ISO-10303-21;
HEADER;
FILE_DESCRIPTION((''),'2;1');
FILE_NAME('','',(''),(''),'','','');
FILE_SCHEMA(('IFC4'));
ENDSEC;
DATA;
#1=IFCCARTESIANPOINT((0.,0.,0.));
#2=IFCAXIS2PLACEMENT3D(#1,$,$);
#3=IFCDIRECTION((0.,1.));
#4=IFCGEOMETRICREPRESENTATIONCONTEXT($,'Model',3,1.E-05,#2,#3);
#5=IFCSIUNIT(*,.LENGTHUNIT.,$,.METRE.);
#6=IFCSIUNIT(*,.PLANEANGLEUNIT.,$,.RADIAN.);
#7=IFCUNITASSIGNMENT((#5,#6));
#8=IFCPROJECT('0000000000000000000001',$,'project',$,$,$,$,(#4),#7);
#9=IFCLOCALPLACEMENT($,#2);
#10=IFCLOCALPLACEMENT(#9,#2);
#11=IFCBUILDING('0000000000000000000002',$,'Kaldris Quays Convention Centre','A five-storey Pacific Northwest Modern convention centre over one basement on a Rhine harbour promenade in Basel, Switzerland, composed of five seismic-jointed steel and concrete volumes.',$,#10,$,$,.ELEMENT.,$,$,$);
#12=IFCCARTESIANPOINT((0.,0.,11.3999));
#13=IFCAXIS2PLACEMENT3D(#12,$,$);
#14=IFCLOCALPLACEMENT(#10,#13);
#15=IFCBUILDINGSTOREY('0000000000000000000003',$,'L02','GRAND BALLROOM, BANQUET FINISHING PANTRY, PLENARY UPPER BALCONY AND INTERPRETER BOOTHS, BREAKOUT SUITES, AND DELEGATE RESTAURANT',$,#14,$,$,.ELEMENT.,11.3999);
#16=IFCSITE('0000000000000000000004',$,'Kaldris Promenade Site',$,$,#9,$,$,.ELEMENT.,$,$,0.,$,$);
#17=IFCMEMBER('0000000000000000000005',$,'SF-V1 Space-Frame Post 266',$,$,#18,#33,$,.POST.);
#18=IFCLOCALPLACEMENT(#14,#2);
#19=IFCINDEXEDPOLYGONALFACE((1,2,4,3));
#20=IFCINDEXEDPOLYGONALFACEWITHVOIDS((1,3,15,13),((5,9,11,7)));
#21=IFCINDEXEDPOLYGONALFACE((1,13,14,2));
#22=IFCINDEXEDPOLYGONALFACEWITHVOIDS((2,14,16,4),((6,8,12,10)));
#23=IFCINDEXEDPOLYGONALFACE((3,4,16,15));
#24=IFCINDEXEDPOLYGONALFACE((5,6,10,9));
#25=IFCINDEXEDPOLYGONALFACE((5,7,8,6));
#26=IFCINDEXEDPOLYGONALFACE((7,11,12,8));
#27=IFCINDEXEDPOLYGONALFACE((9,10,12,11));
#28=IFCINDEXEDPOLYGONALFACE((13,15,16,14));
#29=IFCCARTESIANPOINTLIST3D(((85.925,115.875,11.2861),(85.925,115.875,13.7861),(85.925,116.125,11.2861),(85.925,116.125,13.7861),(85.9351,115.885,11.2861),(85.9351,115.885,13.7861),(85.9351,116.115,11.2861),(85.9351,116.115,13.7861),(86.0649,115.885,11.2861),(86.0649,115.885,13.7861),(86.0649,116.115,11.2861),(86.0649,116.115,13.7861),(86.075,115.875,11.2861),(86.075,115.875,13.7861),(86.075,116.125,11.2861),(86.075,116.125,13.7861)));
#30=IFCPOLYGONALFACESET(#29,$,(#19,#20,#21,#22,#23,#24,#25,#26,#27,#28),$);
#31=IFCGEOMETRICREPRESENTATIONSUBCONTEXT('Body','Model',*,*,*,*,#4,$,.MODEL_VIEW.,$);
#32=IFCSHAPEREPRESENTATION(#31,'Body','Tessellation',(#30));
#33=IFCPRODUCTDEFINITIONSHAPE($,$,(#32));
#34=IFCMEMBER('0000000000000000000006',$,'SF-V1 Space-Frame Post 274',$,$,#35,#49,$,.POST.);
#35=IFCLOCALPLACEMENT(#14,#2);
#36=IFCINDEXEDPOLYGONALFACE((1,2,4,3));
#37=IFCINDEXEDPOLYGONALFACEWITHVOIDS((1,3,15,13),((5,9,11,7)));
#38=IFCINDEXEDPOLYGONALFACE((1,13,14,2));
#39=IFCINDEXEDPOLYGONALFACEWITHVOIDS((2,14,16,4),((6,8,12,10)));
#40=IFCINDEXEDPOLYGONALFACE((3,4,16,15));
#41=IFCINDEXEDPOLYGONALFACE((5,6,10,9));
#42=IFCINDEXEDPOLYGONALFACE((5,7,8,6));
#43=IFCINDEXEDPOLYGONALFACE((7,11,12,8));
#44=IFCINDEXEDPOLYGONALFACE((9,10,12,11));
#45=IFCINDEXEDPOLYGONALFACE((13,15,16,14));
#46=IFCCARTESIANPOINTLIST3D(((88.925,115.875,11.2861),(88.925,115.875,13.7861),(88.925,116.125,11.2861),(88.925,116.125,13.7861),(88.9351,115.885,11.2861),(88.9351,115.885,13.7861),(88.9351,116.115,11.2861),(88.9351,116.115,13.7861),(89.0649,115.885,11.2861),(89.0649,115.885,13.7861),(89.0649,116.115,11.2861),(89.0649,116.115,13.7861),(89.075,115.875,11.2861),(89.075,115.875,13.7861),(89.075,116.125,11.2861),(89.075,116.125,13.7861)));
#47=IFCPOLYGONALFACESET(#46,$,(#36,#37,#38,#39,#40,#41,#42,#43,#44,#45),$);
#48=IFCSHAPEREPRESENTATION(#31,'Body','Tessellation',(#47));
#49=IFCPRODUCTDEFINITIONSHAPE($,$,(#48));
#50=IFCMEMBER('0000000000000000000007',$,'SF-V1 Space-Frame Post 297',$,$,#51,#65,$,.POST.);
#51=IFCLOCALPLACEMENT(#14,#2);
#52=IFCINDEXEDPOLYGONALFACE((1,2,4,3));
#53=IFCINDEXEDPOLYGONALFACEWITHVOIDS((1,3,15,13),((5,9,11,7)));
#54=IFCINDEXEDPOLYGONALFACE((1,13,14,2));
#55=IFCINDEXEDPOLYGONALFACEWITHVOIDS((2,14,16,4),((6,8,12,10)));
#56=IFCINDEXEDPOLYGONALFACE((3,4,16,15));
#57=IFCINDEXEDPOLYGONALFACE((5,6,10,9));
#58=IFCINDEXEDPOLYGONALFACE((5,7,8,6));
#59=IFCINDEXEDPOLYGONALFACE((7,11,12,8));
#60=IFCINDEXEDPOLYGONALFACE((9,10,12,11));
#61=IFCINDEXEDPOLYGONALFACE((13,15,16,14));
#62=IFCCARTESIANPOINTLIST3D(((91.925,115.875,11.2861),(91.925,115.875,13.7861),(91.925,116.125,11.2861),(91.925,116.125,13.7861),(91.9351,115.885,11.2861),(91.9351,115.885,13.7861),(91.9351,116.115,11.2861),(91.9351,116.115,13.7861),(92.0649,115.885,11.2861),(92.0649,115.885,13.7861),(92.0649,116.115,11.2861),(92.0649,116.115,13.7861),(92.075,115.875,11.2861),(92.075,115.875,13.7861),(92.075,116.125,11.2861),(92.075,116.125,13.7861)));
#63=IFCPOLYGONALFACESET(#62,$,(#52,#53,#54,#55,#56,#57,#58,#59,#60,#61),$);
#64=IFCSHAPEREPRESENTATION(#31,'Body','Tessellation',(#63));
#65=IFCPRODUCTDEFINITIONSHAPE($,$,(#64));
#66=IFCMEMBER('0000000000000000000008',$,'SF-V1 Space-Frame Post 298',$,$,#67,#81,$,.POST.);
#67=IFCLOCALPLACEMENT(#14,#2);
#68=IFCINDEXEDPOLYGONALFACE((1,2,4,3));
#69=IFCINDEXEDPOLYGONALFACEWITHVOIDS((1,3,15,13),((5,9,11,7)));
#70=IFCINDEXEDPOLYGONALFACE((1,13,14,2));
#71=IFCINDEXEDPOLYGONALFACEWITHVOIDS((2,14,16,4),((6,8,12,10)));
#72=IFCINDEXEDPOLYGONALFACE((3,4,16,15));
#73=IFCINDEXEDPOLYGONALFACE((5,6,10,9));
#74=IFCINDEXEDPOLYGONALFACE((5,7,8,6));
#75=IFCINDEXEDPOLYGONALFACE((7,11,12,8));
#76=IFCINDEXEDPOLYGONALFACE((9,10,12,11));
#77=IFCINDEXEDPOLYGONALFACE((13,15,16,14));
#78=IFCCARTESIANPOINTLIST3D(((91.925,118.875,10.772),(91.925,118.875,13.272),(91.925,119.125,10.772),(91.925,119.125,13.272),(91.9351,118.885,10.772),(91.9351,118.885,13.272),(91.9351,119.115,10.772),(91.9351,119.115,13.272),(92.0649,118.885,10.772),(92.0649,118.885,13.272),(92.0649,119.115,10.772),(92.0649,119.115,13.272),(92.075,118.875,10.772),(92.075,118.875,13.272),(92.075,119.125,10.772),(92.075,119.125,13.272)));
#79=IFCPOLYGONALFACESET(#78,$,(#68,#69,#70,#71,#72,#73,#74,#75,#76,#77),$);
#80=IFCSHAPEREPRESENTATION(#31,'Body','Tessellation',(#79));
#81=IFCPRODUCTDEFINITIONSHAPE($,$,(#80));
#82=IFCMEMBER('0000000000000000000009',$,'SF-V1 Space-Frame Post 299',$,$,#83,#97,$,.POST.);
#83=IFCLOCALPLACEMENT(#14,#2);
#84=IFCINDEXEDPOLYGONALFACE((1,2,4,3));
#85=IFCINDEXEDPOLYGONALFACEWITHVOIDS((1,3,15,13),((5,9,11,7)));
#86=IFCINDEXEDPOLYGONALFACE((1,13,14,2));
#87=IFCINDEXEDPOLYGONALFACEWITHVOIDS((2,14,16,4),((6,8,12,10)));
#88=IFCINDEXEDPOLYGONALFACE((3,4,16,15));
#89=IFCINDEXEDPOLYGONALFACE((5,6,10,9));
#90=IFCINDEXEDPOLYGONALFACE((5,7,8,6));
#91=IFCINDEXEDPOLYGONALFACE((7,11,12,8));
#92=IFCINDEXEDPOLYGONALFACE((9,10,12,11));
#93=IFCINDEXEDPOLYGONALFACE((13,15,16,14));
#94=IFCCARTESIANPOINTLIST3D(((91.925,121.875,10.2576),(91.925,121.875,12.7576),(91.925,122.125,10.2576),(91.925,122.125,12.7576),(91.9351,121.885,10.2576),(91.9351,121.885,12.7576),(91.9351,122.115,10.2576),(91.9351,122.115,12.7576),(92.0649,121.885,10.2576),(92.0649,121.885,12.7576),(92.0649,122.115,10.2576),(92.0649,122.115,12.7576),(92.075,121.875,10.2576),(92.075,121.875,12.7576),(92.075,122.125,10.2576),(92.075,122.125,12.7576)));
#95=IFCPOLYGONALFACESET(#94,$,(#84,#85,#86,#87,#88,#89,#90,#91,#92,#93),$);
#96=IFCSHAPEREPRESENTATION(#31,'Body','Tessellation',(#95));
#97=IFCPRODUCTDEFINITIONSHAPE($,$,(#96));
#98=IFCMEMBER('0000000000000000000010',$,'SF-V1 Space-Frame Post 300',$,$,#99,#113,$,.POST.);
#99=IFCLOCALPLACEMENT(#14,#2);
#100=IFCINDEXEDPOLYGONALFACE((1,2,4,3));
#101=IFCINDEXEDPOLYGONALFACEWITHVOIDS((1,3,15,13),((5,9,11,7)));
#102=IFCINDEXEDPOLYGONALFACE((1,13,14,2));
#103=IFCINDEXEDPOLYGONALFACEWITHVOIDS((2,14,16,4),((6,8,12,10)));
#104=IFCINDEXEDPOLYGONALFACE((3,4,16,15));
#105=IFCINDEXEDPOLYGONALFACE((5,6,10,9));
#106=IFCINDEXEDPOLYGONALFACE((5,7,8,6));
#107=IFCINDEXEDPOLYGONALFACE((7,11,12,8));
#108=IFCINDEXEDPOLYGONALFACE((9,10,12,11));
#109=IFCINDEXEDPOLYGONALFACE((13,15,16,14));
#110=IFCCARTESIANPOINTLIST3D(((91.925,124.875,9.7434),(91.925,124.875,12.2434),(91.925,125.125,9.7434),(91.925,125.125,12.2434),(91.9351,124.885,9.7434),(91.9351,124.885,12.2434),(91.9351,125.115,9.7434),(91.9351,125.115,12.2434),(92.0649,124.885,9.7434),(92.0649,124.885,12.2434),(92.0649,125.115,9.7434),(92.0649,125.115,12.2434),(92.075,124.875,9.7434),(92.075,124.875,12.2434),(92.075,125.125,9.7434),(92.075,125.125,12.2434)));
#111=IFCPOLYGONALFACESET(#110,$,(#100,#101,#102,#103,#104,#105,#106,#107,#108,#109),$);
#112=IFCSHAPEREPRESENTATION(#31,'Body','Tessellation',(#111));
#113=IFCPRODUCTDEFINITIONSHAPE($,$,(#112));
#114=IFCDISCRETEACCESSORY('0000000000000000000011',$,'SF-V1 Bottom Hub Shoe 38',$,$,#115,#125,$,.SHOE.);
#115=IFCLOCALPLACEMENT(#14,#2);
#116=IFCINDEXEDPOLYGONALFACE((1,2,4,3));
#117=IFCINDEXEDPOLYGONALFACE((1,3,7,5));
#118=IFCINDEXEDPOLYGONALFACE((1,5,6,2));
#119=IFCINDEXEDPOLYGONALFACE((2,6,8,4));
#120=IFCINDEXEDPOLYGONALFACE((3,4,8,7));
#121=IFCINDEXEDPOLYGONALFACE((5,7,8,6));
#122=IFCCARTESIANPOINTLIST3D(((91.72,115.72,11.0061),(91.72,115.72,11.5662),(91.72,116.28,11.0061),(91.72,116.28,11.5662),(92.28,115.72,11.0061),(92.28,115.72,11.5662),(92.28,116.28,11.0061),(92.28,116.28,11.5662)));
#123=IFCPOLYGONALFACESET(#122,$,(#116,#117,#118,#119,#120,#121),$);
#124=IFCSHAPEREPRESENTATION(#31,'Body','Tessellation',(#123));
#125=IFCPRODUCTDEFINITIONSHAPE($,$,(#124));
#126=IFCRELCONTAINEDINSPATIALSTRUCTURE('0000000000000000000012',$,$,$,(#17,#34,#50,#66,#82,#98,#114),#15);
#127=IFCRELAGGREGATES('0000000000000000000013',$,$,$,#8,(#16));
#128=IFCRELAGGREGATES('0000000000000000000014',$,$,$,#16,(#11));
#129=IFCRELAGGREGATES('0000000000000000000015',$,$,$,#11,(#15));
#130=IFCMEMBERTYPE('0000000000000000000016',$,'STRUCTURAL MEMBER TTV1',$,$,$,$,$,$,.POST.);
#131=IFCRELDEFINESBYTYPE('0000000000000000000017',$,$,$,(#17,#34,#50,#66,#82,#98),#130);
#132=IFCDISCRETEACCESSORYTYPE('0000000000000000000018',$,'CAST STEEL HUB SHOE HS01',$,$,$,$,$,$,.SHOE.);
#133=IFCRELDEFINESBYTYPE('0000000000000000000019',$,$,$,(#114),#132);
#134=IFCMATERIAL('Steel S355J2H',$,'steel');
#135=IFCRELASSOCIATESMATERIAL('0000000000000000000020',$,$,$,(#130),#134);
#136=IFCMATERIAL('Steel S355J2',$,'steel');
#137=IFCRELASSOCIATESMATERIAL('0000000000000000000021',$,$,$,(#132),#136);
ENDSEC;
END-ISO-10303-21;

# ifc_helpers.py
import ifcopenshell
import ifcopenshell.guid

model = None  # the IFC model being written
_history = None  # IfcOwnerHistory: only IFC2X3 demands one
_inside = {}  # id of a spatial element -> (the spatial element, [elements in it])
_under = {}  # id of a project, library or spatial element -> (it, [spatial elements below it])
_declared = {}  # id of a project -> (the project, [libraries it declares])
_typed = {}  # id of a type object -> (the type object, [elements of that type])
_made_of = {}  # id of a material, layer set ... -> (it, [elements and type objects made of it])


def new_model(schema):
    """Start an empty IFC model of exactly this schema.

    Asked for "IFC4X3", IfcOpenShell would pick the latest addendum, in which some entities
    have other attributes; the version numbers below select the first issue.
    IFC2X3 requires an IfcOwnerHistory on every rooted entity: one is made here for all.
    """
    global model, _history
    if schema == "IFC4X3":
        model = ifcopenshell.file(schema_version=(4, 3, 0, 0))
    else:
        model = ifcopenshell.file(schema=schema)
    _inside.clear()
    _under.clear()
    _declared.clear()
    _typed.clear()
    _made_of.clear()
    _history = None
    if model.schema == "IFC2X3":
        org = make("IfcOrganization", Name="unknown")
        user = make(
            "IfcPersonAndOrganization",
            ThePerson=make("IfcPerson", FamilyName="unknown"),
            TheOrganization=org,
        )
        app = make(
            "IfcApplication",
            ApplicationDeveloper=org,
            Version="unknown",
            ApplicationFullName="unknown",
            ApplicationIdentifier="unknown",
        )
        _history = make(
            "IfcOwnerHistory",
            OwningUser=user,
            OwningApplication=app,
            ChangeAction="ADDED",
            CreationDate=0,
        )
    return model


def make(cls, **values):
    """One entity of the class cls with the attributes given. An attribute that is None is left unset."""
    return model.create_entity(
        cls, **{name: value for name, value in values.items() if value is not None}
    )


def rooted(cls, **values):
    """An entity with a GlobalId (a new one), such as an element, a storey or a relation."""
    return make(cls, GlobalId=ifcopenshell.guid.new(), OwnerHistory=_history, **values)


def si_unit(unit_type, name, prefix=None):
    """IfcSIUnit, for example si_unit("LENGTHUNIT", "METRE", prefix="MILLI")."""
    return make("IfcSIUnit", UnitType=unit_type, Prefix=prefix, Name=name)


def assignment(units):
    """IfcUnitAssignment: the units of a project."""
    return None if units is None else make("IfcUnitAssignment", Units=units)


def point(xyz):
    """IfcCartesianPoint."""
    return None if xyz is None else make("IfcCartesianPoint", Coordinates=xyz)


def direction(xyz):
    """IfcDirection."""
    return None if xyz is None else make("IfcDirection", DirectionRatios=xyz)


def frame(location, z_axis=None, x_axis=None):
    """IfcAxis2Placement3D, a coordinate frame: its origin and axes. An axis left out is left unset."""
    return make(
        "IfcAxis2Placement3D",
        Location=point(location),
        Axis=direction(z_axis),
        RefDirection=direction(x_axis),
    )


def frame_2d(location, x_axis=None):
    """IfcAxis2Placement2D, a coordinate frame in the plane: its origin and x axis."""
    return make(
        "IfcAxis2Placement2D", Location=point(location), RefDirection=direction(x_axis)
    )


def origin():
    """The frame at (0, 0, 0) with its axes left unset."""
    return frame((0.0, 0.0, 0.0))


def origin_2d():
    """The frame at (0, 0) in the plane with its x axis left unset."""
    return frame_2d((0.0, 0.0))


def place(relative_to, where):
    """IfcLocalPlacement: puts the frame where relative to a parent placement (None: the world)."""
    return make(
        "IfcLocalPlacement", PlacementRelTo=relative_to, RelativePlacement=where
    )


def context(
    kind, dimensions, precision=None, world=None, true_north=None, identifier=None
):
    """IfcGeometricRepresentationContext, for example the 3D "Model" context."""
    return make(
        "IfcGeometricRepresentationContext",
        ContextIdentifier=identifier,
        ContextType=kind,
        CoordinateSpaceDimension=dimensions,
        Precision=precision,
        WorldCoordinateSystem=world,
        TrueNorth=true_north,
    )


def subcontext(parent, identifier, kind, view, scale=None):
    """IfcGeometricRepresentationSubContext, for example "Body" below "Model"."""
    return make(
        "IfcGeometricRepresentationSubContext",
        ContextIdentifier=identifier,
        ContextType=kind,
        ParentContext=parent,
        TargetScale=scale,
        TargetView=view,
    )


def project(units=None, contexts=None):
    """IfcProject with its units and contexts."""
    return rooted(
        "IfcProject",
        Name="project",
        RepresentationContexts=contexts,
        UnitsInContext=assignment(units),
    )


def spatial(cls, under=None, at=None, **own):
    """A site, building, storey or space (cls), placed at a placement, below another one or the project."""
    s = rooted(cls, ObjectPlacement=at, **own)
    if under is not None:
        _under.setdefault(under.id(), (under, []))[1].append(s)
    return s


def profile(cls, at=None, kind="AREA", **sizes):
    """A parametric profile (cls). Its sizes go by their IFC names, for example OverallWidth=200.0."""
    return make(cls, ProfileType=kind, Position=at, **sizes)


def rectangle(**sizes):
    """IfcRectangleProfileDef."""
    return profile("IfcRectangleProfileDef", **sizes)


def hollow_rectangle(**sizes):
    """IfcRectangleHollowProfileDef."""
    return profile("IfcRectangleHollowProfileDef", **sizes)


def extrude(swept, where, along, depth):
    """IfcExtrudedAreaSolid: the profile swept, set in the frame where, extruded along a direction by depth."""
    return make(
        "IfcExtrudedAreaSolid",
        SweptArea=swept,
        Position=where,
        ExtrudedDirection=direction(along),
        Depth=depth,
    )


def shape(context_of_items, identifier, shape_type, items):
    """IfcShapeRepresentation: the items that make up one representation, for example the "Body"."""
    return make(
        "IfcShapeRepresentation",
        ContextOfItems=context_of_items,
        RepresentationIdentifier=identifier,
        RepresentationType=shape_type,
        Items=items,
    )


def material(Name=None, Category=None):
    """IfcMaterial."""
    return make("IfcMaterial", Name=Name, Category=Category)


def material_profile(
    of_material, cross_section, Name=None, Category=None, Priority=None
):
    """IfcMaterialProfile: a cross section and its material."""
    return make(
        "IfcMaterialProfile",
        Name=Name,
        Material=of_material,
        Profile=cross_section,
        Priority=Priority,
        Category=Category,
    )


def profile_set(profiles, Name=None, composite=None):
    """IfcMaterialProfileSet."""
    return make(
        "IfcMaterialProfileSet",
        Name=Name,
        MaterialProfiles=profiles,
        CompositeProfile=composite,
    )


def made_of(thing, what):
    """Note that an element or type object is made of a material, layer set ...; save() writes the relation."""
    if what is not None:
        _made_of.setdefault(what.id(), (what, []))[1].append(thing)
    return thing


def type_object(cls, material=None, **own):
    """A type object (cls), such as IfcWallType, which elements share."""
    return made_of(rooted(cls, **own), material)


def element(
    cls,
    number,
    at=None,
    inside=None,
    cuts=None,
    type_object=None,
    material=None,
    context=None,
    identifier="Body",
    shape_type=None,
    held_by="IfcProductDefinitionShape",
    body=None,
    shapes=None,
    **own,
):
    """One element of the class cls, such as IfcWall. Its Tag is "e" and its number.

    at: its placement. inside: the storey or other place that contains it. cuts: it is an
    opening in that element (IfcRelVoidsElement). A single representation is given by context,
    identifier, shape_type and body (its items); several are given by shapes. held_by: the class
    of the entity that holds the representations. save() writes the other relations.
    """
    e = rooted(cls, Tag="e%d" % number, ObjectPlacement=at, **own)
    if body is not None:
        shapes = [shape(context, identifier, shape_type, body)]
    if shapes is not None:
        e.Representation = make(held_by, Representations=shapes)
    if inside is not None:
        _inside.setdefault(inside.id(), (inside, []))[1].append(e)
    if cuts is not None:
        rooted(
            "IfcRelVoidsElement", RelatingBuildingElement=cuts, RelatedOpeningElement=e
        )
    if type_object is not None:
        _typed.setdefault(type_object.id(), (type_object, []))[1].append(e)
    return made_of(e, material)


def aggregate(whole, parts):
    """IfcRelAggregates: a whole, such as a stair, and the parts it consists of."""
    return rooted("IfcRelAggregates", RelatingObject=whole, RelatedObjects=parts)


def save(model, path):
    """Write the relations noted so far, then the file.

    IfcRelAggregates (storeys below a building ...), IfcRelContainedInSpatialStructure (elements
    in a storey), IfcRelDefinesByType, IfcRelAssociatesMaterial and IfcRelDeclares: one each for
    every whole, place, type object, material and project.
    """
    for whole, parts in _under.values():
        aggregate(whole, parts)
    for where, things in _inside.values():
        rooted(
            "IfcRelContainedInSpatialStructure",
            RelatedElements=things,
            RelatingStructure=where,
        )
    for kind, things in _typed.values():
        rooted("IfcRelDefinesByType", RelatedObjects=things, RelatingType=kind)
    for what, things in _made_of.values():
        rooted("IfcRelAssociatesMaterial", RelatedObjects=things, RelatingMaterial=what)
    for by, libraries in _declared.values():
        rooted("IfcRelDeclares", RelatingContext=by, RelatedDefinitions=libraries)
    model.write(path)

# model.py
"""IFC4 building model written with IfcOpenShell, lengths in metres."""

from ifc_helpers import new_model, si_unit, direction, frame, origin, origin_2d, place, context, subcontext, project, spatial, rectangle, hollow_rectangle, extrude, material, material_profile, profile_set, type_object, element, save


model = new_model("IFC4")

# Units and contexts
model_context = context("Model", 3, precision=1e-05, world=origin(), true_north=direction((0.0, 1.0)))
body_context = subcontext(model_context, "Body", "Model", "MODEL_VIEW")
ifc_project = project(units=[si_unit("LENGTHUNIT", "METRE"), si_unit("PLANEANGLEUNIT", "RADIAN")], contexts=[model_context])

# Site, building, storey
site_placement = place(None, origin())
site = spatial("IfcSite", under=ifc_project, at=site_placement, Name="Kaldris Promenade Site", CompositionType="ELEMENT", RefElevation=0.0)
building_placement = place(site_placement, origin())
building = spatial("IfcBuilding", under=site, at=building_placement, Name="Kaldris Quays Convention Centre", Description="A five-storey Pacific Northwest Modern convention centre over one basement on a Rhine harbour promenade in Basel, Switzerland, composed of five seismic-jointed steel and concrete volumes.", CompositionType="ELEMENT")
storey_placement = place(building_placement, frame((0.0, 0.0, 11.3999)))
storey = spatial("IfcBuildingStorey", under=building, at=storey_placement, Name="L02", Description="GRAND BALLROOM, BANQUET FINISHING PANTRY, PLENARY UPPER BALCONY AND INTERPRETER BOOTHS, BREAKOUT SUITES, AND DELEGATE RESTAURANT", CompositionType="ELEMENT", Elevation=11.3999)

# Members
ifc_material_1 = material(Name="Steel S355J2H", Category="steel")
ifc_material_profile_1 = material_profile(ifc_material_1, hollow_rectangle(XDim=0.1499, YDim=0.25, WallThickness=0.01, at=origin_2d()), Name="RHS 250x150x10")
ifc_profile_set_1 = profile_set([ifc_material_profile_1], Name="Steel S355J2H")
member_type_1 = type_object("IfcMemberType", Name="STRUCTURAL MEMBER TTV1", PredefinedType="POST", material=ifc_profile_set_1)
for number, where, z_axis, x_axis, name in (
    (1, (86.0, 116.0, 11.2861), (0.0, 0.0, 1.0), (1.0, 0.0, 0.0), "SF-V1 Space-Frame Post 266"),
    (2, (89.0, 116.0, 11.2861), (0.0, 0.0, 1.0), (1.0, 0.0, 0.0), "SF-V1 Space-Frame Post 274"),
    (3, (92.0, 116.0, 11.2861), (0.0, 0.0, 1.0), (1.0, 0.0, 0.0), "SF-V1 Space-Frame Post 297"),
    (4, (92.0, 119.0, 10.772), (0.0, 0.0, 1.0), (1.0, 0.0, 0.0), "SF-V1 Space-Frame Post 298"),
    (5, (92.0, 122.0, 10.2576), (0.0, 0.0, 1.0), (1.0, 0.0, 0.0), "SF-V1 Space-Frame Post 299"),
    (6, (92.0, 125.0, 9.7434), (0.0, 0.0, 1.0), (1.0, 0.0, 0.0), "SF-V1 Space-Frame Post 300"),
):
    element("IfcMember", number, at=place(storey_placement, frame(where, z_axis=z_axis, x_axis=x_axis)), inside=storey, type_object=member_type_1, Name=name, PredefinedType="POST", context=body_context, shape_type="SweptSolid", body=[
        extrude(hollow_rectangle(XDim=0.1499, YDim=0.25, WallThickness=0.01, at=origin_2d()), origin(), (0.0, 0.0, 1.0), 2.5),
    ])

# Discrete accessory
ifc_material_2 = material(Name="Steel S355J2", Category="steel")
discrete_accessory_type = type_object("IfcDiscreteAccessoryType", Name="CAST STEEL HUB SHOE HS01", PredefinedType="SHOE", material=ifc_material_2)
discrete_accessory_placement = place(storey_placement, frame((92.0, 116.0, 11.0061), z_axis=(0.0, 0.0, 1.0), x_axis=(1.0, 0.0, 0.0)))
element("IfcDiscreteAccessory", 7, at=discrete_accessory_placement, inside=storey, type_object=discrete_accessory_type, Name="SF-V1 Bottom Hub Shoe 38", PredefinedType="SHOE", context=body_context, shape_type="SweptSolid", body=[
    extrude(rectangle(XDim=0.5601, YDim=0.5601, at=origin_2d()), origin(), (0.0, 0.0, 1.0), 0.5601),
])

save(model, "model.ifc")
